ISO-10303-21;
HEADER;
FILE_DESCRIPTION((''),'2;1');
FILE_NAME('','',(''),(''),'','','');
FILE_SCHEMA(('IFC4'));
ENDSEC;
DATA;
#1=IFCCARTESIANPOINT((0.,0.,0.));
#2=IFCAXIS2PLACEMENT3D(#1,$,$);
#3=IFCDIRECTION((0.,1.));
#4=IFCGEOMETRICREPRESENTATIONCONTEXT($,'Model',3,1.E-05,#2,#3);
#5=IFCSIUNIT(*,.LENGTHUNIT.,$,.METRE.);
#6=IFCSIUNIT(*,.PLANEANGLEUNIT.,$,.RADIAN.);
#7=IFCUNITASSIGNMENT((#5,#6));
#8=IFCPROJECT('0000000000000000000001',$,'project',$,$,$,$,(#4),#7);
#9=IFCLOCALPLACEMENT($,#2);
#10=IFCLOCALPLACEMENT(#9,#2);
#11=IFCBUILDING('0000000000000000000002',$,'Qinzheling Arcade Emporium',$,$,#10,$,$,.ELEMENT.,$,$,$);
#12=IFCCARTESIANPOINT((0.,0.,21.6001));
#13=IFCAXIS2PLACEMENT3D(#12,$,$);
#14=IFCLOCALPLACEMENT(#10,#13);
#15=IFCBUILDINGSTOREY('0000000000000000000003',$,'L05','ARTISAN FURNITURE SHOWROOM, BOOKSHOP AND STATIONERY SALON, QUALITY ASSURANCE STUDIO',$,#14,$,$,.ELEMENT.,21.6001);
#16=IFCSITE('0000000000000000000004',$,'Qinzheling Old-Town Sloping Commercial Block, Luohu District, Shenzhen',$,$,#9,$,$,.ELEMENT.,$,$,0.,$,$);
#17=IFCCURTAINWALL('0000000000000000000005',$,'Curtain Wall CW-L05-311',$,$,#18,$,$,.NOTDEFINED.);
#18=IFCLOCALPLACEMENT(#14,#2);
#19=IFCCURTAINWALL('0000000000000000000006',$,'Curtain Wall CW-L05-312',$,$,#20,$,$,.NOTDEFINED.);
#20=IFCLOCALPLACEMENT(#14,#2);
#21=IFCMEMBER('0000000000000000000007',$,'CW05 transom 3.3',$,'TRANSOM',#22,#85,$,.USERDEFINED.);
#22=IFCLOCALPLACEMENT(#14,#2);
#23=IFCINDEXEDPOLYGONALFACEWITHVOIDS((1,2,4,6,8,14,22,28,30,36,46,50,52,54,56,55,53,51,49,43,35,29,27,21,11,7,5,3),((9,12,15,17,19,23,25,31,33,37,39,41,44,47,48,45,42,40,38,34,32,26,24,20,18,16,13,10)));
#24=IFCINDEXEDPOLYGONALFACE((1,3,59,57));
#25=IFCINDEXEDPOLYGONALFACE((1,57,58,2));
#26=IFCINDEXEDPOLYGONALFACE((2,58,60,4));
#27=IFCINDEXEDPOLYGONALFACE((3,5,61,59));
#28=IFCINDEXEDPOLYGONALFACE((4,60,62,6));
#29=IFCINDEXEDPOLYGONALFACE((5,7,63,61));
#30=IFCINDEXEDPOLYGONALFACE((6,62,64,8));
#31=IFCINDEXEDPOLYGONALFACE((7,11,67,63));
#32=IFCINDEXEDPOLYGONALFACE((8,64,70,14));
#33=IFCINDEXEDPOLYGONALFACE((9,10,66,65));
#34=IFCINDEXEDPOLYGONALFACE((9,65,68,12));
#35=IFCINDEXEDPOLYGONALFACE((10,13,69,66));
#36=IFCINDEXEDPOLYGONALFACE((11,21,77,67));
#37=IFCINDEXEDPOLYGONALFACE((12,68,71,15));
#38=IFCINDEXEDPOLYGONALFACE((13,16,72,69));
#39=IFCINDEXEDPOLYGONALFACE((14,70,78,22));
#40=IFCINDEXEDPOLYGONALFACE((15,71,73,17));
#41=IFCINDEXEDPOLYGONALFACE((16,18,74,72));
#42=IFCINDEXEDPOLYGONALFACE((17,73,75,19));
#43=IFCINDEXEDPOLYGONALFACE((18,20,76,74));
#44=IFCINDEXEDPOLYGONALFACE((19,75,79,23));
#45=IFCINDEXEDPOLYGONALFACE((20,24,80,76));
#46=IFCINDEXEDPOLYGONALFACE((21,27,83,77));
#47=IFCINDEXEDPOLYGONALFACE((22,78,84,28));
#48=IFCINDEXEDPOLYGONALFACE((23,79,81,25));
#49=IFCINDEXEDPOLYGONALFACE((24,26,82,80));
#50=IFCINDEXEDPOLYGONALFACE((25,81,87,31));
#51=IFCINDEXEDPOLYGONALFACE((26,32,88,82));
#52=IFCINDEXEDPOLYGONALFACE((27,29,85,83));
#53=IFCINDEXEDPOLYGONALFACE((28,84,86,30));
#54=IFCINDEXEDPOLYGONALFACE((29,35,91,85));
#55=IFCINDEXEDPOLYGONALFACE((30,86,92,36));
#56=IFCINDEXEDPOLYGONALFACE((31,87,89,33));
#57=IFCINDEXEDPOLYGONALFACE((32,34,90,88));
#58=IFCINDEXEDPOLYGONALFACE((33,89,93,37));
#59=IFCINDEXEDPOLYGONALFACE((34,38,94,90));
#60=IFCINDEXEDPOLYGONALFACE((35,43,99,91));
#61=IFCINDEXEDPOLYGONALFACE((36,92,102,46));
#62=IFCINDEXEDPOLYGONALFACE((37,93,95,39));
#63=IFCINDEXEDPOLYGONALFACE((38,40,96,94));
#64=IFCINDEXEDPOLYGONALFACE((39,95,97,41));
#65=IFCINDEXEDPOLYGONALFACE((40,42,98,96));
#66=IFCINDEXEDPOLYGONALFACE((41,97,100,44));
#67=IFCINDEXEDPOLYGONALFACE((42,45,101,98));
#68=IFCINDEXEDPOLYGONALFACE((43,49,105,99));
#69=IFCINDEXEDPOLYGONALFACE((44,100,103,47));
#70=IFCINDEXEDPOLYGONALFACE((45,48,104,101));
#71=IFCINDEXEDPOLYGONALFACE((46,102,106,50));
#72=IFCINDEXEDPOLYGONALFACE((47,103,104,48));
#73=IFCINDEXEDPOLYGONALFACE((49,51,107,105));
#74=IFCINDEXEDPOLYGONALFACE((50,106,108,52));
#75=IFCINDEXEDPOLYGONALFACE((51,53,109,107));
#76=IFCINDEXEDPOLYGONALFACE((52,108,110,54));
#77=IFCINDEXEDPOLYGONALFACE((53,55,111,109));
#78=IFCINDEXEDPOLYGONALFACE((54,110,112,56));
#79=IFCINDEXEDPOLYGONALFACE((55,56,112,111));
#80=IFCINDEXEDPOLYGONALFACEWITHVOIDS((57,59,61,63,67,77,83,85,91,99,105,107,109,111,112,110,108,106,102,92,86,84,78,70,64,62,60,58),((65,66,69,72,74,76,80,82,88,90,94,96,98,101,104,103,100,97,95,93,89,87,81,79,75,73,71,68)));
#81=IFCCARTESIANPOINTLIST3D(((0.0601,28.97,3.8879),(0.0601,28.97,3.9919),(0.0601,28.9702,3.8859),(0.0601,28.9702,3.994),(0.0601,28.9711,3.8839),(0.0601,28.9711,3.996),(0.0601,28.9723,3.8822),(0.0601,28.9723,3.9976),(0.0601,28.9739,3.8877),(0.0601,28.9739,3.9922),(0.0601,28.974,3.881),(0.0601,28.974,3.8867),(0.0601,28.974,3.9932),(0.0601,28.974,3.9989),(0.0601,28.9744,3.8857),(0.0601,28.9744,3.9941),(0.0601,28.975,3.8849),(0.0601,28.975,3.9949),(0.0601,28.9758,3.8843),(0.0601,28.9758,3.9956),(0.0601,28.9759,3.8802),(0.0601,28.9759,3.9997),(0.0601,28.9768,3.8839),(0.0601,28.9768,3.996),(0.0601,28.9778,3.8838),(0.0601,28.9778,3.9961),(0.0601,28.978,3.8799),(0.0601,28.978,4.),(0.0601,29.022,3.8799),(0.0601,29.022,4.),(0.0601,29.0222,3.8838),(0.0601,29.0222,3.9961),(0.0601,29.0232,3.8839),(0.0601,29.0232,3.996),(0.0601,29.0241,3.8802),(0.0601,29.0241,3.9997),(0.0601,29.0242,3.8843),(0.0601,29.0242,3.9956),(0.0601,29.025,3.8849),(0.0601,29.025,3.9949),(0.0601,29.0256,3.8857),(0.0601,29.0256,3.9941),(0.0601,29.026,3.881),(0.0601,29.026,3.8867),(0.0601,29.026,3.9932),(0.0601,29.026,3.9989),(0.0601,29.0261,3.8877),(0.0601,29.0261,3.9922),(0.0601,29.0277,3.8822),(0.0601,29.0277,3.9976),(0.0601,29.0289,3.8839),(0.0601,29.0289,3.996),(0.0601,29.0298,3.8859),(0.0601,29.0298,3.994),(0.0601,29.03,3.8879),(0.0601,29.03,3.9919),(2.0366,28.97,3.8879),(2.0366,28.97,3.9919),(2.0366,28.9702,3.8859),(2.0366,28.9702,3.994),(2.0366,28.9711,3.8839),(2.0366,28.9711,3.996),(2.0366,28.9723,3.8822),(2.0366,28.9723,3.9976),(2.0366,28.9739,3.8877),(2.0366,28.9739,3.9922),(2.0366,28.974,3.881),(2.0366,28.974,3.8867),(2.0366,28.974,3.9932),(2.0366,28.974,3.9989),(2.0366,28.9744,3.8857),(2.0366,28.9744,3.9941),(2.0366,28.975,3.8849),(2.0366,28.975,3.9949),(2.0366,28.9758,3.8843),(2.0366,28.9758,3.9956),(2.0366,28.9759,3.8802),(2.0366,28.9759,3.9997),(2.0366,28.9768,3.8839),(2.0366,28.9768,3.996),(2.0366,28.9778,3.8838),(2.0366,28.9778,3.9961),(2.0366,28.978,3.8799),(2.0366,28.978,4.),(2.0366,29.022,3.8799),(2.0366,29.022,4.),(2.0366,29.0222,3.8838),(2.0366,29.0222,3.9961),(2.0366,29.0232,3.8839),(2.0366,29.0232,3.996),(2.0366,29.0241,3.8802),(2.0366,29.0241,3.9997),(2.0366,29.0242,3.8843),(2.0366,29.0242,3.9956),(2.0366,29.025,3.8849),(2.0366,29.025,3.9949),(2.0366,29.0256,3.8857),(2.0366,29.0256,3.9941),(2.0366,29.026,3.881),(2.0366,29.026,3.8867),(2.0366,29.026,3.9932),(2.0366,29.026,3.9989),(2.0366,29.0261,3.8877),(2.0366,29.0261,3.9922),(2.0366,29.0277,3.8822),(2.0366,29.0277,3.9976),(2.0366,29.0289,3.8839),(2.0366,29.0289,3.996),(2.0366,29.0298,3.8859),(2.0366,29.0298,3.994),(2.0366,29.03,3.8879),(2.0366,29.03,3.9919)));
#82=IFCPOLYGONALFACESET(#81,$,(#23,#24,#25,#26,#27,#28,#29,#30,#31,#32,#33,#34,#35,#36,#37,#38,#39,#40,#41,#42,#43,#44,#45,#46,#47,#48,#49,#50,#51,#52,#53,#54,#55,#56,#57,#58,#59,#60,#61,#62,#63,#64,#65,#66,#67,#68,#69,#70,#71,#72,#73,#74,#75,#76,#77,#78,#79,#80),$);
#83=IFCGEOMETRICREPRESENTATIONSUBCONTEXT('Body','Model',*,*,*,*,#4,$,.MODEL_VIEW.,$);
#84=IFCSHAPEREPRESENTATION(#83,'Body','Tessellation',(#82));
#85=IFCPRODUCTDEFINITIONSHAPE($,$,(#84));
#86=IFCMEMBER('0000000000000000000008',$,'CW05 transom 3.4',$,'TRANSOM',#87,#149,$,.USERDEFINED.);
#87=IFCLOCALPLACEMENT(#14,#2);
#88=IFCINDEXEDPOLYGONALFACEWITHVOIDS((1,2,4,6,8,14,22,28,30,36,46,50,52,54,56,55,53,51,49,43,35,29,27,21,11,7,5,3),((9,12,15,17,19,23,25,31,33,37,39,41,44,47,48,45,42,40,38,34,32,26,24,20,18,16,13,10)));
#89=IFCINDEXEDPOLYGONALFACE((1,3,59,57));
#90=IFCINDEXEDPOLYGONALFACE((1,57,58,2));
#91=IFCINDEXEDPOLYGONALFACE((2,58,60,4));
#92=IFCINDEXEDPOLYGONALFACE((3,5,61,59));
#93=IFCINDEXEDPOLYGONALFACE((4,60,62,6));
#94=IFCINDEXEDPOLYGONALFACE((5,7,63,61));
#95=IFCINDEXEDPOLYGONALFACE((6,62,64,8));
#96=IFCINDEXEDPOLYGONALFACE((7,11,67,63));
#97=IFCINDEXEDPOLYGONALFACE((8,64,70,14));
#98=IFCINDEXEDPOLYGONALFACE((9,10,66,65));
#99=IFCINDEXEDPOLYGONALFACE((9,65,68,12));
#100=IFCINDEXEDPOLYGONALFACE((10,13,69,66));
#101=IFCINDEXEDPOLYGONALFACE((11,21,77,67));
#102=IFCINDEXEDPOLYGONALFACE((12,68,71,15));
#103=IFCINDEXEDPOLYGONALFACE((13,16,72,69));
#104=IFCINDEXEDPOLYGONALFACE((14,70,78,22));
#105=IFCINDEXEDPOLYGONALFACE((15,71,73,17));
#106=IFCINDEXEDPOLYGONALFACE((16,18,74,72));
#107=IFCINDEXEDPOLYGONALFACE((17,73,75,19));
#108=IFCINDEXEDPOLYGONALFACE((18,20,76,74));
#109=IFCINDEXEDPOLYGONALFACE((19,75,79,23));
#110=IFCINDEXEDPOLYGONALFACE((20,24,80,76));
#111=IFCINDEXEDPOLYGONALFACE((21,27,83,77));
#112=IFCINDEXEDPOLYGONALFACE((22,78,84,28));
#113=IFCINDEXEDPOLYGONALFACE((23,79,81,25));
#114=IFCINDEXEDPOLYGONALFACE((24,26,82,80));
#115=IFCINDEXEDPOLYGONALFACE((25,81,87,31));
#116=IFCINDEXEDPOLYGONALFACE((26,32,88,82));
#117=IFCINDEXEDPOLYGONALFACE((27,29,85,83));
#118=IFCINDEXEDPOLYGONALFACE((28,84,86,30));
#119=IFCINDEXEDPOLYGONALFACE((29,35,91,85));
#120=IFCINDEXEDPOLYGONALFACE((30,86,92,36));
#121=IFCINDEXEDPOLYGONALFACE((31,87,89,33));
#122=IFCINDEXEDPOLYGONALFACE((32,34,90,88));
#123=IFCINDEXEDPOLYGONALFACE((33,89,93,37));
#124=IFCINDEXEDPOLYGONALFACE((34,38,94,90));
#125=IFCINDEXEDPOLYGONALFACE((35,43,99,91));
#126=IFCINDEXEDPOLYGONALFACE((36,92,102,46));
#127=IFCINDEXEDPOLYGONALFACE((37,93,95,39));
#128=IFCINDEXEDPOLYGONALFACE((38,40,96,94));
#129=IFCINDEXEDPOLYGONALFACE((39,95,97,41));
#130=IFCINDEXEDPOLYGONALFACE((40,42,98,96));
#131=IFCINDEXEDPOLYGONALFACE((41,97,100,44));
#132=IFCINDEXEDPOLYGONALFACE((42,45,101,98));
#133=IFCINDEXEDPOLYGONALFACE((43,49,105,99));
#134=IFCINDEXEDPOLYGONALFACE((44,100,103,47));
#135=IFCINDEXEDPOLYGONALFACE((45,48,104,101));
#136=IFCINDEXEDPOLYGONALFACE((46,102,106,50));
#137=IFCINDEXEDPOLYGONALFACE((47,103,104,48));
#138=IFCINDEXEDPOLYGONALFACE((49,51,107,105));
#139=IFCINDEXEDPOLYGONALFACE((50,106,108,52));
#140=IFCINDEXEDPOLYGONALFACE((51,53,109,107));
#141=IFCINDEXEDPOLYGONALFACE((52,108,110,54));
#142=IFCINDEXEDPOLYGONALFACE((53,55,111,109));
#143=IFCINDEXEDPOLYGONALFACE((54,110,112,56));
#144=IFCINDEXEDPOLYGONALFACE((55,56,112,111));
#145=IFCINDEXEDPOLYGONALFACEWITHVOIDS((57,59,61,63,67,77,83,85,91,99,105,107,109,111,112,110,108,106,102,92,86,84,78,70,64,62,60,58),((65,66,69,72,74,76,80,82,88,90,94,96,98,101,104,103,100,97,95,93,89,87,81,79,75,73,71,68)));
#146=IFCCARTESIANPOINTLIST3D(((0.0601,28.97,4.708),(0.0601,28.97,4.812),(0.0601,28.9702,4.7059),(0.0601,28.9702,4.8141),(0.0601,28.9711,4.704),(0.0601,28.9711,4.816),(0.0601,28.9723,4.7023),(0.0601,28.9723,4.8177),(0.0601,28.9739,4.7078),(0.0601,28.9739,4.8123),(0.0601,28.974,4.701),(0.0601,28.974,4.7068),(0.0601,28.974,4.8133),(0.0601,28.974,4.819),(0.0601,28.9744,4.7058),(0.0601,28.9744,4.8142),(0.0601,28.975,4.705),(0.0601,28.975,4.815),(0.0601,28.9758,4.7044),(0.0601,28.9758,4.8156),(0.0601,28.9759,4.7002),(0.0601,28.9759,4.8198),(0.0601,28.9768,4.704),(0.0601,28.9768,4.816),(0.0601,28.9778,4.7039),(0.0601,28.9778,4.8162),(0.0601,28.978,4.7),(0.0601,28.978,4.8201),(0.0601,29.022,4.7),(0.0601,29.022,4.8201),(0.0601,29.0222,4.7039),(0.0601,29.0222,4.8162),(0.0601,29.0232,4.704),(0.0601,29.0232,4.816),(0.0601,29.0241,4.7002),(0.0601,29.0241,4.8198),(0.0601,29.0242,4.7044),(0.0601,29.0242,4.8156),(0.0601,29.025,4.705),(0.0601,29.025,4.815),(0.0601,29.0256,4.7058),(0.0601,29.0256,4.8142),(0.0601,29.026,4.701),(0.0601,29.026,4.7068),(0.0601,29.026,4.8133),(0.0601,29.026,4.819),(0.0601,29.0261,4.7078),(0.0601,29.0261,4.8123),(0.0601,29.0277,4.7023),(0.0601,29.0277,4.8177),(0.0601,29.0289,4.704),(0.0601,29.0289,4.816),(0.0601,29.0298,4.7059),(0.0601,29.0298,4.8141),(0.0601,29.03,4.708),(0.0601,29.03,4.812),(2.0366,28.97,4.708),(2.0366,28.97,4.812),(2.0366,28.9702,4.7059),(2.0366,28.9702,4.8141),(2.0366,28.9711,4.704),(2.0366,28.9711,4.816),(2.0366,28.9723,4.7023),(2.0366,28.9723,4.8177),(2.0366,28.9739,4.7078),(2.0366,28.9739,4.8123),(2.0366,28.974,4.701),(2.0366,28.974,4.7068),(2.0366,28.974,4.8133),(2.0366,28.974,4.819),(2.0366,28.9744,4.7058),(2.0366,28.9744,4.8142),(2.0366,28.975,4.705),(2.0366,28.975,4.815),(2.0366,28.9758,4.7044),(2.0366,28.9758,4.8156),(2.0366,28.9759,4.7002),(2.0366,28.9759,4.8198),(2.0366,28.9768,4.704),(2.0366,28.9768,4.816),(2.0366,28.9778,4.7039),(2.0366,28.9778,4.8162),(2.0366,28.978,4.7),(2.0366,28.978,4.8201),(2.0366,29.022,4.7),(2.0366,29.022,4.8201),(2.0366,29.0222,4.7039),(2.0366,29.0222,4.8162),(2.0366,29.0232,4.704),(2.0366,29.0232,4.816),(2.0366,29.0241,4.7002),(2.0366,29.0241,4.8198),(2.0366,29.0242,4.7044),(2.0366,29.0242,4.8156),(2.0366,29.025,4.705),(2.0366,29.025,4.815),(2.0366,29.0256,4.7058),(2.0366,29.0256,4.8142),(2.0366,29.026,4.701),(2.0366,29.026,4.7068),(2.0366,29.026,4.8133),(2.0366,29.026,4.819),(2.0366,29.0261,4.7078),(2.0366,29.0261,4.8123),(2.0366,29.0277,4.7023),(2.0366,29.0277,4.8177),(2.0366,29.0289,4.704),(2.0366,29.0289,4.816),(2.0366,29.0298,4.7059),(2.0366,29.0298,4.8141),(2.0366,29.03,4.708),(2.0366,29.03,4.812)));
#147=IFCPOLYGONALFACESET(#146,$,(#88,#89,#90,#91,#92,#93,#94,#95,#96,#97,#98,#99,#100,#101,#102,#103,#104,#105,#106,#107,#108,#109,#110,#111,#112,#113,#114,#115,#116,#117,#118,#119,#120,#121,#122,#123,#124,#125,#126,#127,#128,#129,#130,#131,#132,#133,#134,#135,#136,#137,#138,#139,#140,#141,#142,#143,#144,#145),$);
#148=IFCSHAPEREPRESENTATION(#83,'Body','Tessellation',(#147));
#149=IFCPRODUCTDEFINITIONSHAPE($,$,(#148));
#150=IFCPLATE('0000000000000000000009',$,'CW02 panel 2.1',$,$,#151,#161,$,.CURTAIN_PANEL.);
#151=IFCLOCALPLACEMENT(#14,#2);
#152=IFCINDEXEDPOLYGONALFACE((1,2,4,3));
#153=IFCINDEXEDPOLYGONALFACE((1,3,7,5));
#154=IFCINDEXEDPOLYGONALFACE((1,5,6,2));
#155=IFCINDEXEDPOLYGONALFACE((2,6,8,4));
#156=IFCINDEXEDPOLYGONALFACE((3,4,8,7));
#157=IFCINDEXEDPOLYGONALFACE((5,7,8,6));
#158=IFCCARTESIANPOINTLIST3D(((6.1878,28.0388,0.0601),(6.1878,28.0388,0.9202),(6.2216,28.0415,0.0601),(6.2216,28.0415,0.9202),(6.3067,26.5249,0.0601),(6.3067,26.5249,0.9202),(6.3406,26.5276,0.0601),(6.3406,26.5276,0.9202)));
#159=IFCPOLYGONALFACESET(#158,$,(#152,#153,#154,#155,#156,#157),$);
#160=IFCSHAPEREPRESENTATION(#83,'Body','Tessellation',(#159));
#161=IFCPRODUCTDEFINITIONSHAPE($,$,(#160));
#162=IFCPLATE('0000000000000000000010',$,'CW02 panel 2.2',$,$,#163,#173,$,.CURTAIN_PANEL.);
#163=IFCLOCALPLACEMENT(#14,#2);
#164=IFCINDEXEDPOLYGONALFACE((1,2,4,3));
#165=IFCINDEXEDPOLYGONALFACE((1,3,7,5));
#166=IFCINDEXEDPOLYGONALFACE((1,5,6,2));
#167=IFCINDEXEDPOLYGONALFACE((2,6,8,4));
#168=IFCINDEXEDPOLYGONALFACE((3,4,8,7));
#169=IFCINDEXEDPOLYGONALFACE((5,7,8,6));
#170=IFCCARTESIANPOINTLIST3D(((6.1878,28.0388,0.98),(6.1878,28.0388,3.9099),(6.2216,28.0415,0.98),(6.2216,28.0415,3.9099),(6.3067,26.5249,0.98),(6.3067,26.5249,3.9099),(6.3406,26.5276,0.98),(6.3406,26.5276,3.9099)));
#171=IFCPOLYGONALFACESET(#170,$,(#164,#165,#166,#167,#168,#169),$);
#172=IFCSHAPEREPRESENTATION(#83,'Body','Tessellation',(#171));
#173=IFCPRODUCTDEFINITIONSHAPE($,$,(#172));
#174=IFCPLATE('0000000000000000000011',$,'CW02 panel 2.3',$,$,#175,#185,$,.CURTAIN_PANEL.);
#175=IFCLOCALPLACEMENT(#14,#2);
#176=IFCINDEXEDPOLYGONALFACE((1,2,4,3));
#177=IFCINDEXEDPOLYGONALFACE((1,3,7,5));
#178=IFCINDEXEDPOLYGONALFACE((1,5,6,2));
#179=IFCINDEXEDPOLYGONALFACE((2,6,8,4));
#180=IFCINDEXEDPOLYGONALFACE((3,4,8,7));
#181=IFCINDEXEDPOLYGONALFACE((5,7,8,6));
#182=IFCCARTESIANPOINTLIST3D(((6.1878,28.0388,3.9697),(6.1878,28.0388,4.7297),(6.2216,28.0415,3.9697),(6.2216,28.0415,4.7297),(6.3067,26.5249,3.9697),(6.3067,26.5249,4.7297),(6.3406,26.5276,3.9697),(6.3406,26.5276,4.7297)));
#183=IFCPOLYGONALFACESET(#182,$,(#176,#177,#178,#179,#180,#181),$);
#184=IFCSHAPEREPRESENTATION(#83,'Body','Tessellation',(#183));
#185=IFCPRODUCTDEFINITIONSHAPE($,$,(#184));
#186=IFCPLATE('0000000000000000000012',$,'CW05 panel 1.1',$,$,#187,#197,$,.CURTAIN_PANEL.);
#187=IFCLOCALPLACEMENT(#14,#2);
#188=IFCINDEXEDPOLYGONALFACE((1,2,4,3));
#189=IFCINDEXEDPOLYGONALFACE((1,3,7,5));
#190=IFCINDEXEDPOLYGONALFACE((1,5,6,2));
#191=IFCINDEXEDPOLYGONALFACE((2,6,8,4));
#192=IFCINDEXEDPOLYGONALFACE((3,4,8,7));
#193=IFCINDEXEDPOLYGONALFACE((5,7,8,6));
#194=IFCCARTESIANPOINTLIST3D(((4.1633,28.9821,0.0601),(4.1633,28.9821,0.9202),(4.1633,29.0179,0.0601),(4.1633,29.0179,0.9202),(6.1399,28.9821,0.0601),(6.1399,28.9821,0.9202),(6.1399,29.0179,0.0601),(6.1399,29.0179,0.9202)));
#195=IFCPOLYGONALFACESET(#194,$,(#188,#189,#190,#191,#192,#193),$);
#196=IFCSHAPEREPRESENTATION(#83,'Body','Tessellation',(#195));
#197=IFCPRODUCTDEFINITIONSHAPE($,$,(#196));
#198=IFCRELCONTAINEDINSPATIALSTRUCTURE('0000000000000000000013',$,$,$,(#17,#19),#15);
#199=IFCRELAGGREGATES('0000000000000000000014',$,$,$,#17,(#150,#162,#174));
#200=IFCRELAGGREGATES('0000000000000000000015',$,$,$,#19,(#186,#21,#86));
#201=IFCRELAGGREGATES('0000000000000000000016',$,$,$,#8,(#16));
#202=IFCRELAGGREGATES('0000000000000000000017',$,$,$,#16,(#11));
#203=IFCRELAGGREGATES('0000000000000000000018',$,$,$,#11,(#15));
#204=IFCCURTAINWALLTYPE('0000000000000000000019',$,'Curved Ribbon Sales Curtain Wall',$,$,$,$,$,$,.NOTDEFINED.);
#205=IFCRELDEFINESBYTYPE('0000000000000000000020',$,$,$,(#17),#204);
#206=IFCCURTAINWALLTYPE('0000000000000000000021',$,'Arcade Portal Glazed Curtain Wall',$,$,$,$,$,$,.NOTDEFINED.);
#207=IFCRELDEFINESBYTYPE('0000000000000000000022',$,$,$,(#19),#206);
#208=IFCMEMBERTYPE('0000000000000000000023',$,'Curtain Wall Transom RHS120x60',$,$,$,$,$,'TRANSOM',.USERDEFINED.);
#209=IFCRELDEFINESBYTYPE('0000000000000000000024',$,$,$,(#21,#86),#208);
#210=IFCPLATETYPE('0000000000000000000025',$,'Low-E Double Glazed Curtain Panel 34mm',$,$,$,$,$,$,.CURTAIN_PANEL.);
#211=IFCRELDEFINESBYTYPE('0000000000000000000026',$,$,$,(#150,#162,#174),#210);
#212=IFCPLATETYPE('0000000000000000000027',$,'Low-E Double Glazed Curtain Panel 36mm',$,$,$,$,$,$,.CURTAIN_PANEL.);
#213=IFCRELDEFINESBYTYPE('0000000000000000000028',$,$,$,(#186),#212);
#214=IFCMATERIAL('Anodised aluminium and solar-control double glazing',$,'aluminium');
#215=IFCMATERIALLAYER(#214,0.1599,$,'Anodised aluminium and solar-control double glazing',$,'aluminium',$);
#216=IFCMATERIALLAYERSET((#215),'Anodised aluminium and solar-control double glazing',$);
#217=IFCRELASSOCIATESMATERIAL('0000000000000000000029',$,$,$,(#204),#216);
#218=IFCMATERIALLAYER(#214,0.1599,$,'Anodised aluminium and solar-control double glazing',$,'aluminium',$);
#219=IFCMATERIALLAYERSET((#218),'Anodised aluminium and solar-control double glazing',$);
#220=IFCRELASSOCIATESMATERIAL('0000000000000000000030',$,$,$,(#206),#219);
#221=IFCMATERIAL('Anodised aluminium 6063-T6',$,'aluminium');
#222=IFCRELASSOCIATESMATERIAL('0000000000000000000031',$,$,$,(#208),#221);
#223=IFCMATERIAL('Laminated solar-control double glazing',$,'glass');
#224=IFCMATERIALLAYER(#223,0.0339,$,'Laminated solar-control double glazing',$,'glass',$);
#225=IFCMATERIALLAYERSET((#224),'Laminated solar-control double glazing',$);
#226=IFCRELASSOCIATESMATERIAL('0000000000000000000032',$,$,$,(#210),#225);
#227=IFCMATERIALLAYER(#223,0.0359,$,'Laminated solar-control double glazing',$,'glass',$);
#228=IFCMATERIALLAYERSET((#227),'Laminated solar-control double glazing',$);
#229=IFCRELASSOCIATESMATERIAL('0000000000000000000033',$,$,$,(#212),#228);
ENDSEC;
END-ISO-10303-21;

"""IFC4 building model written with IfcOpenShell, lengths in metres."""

from ifc_helpers import new_model, si_unit, direction, frame, origin, origin_2d, place, context, subcontext, project, spatial, rectangle, hollow_rectangle, extrude, material, layer, layer_set, material_profile, profile_set, type_object, element, aggregate, save


model = new_model("IFC4")

# Units and contexts
model_context = context("Model", 3, precision=1e-05, world=origin(), true_north=direction((0.0, 1.0)))
body_context = subcontext(model_context, "Body", "Model", "MODEL_VIEW")
ifc_project = project(units=[si_unit("LENGTHUNIT", "METRE"), si_unit("PLANEANGLEUNIT", "RADIAN")], contexts=[model_context])

# Site, building, storey
site_placement = place(None, origin())
site = spatial("IfcSite", under=ifc_project, at=site_placement, Name="Qinzheling Old-Town Sloping Commercial Block, Luohu District, Shenzhen", CompositionType="ELEMENT", RefElevation=0.0)
building_placement = place(site_placement, origin())
building = spatial("IfcBuilding", under=site, at=building_placement, Name="Qinzheling Arcade Emporium", CompositionType="ELEMENT")
storey_placement = place(building_placement, frame((0.0, 0.0, 21.6001)))
storey = spatial("IfcBuildingStorey", under=building, at=storey_placement, Name="L05", Description="ARTISAN FURNITURE SHOWROOM, BOOKSHOP AND STATIONERY SALON, QUALITY ASSURANCE STUDIO", CompositionType="ELEMENT", Elevation=21.6001)

# Curtain wall
ifc_material_1 = material(Name="Anodised aluminium and solar-control double glazing", Category="aluminium")
ifc_layer_1 = layer(ifc_material_1, 0.1599, Name="Anodised aluminium and solar-control double glazing", Category="aluminium")
ifc_layer_set_1 = layer_set([ifc_layer_1], Name="Anodised aluminium and solar-control double glazing")
curtain_wall_type_1 = type_object("IfcCurtainWallType", Name="Curved Ribbon Sales Curtain Wall", PredefinedType="NOTDEFINED", material=ifc_layer_set_1)
curtain_wall_1_placement = place(storey_placement, origin())
curtain_wall_1 = element("IfcCurtainWall", 1, at=curtain_wall_1_placement, inside=storey, type_object=curtain_wall_type_1, Name="Curtain Wall CW-L05-311", PredefinedType="NOTDEFINED")
ifc_material_2 = material(Name="Anodised aluminium 6063-T6", Category="aluminium")

# Curtain wall
ifc_layer_2 = layer(ifc_material_1, 0.1599, Name="Anodised aluminium and solar-control double glazing", Category="aluminium")
ifc_layer_set_2 = layer_set([ifc_layer_2], Name="Anodised aluminium and solar-control double glazing")
curtain_wall_type_2 = type_object("IfcCurtainWallType", Name="Arcade Portal Glazed Curtain Wall", PredefinedType="NOTDEFINED", material=ifc_layer_set_2)
curtain_wall_2_placement = place(storey_placement, origin())
curtain_wall_2 = element("IfcCurtainWall", 2, at=curtain_wall_2_placement, inside=storey, type_object=curtain_wall_type_2, Name="Curtain Wall CW-L05-312", PredefinedType="NOTDEFINED")

# Members
ifc_material_profile_1 = material_profile(ifc_material_2, hollow_rectangle(XDim=0.0601, YDim=0.1201, WallThickness=0.0039, InnerFilletRadius=0.0039, OuterFilletRadius=0.0081, at=origin_2d()), Name="RHS 120x60x4", Category="aluminium")
ifc_profile_set_1 = profile_set([ifc_material_profile_1], Name="Anodised aluminium 6063-T6")
member_type_1 = type_object("IfcMemberType", Name="Curtain Wall Transom RHS120x60", ElementType="TRANSOM", PredefinedType="USERDEFINED", material=ifc_profile_set_1)
member_1_placement = place(storey_placement, frame((2.0366, 29.0, 3.9399), z_axis=(-1.0, 0.0, 0.0), x_axis=(0.0, -1.0, 0.0)))
member_1 = element("IfcMember", 3, at=member_1_placement, type_object=member_type_1, Name="CW05 transom 3.3", ObjectType="TRANSOM", PredefinedType="USERDEFINED", context=body_context, shape_type="SweptSolid", body=[
    extrude(hollow_rectangle(XDim=0.0601, YDim=0.1201, WallThickness=0.0039, InnerFilletRadius=0.0039, OuterFilletRadius=0.0081, at=origin_2d()), origin(), (0.0, 0.0, 1.0), 1.9766),
])
member_2_placement = place(storey_placement, frame((2.0366, 29.0, 4.76), z_axis=(-1.0, 0.0, 0.0), x_axis=(0.0, -1.0, 0.0)))
member_2 = element("IfcMember", 4, at=member_2_placement, type_object=member_type_1, Name="CW05 transom 3.4", ObjectType="TRANSOM", PredefinedType="USERDEFINED", context=body_context, shape_type="SweptSolid", body=[
    extrude(hollow_rectangle(XDim=0.0601, YDim=0.1201, WallThickness=0.0039, InnerFilletRadius=0.0039, OuterFilletRadius=0.0081, at=origin_2d()), origin(), (0.0, 0.0, 1.0), 1.9766),
])

# Plates
ifc_material_3 = material(Name="Laminated solar-control double glazing", Category="glass")
ifc_layer_3 = layer(ifc_material_3, 0.0339, Name="Laminated solar-control double glazing", Category="glass")
ifc_layer_set_3 = layer_set([ifc_layer_3], Name="Laminated solar-control double glazing")
plate_type_1 = type_object("IfcPlateType", Name="Low-E Double Glazed Curtain Panel 34mm", PredefinedType="CURTAIN_PANEL", material=ifc_layer_set_3)
plate_1_placement = place(storey_placement, frame((6.2642, 27.2832, 0.0601), z_axis=(0.0, 0.0, 1.0), x_axis=(-0.078337, 0.996927, 0.0)))
plate_1 = element("IfcPlate", 5, at=plate_1_placement, type_object=plate_type_1, Name="CW02 panel 2.1", PredefinedType="CURTAIN_PANEL", context=body_context, shape_type="SweptSolid", body=[
    extrude(rectangle(XDim=1.5186, YDim=0.0339, at=origin_2d()), origin(), (0.0, 0.0, 1.0), 0.8601),
])
plate_2_placement = place(storey_placement, frame((6.2642, 27.2832, 0.98), z_axis=(0.0, 0.0, 1.0), x_axis=(-0.078337, 0.996927, 0.0)))
plate_2 = element("IfcPlate", 6, at=plate_2_placement, type_object=plate_type_1, Name="CW02 panel 2.2", PredefinedType="CURTAIN_PANEL", context=body_context, shape_type="SweptSolid", body=[
    extrude(rectangle(XDim=1.5186, YDim=0.0339, at=origin_2d()), origin(), (0.0, 0.0, 1.0), 2.9299),
])
plate_3_placement = place(storey_placement, frame((6.2642, 27.2832, 3.9697), z_axis=(0.0, 0.0, 1.0), x_axis=(-0.078337, 0.996927, 0.0)))
plate_3 = element("IfcPlate", 7, at=plate_3_placement, type_object=plate_type_1, Name="CW02 panel 2.3", PredefinedType="CURTAIN_PANEL", context=body_context, shape_type="SweptSolid", body=[
    extrude(rectangle(XDim=1.5186, YDim=0.0339, at=origin_2d()), origin(), (0.0, 0.0, 1.0), 0.76),
])
aggregate(curtain_wall_1, [plate_1, plate_2, plate_3])
ifc_layer_4 = layer(ifc_material_3, 0.0359, Name="Laminated solar-control double glazing", Category="glass")
ifc_layer_set_4 = layer_set([ifc_layer_4], Name="Laminated solar-control double glazing")
plate_type_2 = type_object("IfcPlateType", Name="Low-E Double Glazed Curtain Panel 36mm", PredefinedType="CURTAIN_PANEL", material=ifc_layer_set_4)
plate_4_placement = place(storey_placement, frame((5.1516, 29.0, 0.0601), z_axis=(0.0, 0.0, 1.0), x_axis=(-1.0, 0.0, 0.0)))
plate_4 = element("IfcPlate", 8, at=plate_4_placement, type_object=plate_type_2, Name="CW05 panel 1.1", PredefinedType="CURTAIN_PANEL", context=body_context, shape_type="SweptSolid", body=[
    extrude(rectangle(XDim=1.9766, YDim=0.0359, at=origin_2d()), origin(), (0.0, 0.0, 1.0), 0.8601),
])
aggregate(curtain_wall_2, [plate_4, member_1, member_2])

save(model, "model.ifc")
